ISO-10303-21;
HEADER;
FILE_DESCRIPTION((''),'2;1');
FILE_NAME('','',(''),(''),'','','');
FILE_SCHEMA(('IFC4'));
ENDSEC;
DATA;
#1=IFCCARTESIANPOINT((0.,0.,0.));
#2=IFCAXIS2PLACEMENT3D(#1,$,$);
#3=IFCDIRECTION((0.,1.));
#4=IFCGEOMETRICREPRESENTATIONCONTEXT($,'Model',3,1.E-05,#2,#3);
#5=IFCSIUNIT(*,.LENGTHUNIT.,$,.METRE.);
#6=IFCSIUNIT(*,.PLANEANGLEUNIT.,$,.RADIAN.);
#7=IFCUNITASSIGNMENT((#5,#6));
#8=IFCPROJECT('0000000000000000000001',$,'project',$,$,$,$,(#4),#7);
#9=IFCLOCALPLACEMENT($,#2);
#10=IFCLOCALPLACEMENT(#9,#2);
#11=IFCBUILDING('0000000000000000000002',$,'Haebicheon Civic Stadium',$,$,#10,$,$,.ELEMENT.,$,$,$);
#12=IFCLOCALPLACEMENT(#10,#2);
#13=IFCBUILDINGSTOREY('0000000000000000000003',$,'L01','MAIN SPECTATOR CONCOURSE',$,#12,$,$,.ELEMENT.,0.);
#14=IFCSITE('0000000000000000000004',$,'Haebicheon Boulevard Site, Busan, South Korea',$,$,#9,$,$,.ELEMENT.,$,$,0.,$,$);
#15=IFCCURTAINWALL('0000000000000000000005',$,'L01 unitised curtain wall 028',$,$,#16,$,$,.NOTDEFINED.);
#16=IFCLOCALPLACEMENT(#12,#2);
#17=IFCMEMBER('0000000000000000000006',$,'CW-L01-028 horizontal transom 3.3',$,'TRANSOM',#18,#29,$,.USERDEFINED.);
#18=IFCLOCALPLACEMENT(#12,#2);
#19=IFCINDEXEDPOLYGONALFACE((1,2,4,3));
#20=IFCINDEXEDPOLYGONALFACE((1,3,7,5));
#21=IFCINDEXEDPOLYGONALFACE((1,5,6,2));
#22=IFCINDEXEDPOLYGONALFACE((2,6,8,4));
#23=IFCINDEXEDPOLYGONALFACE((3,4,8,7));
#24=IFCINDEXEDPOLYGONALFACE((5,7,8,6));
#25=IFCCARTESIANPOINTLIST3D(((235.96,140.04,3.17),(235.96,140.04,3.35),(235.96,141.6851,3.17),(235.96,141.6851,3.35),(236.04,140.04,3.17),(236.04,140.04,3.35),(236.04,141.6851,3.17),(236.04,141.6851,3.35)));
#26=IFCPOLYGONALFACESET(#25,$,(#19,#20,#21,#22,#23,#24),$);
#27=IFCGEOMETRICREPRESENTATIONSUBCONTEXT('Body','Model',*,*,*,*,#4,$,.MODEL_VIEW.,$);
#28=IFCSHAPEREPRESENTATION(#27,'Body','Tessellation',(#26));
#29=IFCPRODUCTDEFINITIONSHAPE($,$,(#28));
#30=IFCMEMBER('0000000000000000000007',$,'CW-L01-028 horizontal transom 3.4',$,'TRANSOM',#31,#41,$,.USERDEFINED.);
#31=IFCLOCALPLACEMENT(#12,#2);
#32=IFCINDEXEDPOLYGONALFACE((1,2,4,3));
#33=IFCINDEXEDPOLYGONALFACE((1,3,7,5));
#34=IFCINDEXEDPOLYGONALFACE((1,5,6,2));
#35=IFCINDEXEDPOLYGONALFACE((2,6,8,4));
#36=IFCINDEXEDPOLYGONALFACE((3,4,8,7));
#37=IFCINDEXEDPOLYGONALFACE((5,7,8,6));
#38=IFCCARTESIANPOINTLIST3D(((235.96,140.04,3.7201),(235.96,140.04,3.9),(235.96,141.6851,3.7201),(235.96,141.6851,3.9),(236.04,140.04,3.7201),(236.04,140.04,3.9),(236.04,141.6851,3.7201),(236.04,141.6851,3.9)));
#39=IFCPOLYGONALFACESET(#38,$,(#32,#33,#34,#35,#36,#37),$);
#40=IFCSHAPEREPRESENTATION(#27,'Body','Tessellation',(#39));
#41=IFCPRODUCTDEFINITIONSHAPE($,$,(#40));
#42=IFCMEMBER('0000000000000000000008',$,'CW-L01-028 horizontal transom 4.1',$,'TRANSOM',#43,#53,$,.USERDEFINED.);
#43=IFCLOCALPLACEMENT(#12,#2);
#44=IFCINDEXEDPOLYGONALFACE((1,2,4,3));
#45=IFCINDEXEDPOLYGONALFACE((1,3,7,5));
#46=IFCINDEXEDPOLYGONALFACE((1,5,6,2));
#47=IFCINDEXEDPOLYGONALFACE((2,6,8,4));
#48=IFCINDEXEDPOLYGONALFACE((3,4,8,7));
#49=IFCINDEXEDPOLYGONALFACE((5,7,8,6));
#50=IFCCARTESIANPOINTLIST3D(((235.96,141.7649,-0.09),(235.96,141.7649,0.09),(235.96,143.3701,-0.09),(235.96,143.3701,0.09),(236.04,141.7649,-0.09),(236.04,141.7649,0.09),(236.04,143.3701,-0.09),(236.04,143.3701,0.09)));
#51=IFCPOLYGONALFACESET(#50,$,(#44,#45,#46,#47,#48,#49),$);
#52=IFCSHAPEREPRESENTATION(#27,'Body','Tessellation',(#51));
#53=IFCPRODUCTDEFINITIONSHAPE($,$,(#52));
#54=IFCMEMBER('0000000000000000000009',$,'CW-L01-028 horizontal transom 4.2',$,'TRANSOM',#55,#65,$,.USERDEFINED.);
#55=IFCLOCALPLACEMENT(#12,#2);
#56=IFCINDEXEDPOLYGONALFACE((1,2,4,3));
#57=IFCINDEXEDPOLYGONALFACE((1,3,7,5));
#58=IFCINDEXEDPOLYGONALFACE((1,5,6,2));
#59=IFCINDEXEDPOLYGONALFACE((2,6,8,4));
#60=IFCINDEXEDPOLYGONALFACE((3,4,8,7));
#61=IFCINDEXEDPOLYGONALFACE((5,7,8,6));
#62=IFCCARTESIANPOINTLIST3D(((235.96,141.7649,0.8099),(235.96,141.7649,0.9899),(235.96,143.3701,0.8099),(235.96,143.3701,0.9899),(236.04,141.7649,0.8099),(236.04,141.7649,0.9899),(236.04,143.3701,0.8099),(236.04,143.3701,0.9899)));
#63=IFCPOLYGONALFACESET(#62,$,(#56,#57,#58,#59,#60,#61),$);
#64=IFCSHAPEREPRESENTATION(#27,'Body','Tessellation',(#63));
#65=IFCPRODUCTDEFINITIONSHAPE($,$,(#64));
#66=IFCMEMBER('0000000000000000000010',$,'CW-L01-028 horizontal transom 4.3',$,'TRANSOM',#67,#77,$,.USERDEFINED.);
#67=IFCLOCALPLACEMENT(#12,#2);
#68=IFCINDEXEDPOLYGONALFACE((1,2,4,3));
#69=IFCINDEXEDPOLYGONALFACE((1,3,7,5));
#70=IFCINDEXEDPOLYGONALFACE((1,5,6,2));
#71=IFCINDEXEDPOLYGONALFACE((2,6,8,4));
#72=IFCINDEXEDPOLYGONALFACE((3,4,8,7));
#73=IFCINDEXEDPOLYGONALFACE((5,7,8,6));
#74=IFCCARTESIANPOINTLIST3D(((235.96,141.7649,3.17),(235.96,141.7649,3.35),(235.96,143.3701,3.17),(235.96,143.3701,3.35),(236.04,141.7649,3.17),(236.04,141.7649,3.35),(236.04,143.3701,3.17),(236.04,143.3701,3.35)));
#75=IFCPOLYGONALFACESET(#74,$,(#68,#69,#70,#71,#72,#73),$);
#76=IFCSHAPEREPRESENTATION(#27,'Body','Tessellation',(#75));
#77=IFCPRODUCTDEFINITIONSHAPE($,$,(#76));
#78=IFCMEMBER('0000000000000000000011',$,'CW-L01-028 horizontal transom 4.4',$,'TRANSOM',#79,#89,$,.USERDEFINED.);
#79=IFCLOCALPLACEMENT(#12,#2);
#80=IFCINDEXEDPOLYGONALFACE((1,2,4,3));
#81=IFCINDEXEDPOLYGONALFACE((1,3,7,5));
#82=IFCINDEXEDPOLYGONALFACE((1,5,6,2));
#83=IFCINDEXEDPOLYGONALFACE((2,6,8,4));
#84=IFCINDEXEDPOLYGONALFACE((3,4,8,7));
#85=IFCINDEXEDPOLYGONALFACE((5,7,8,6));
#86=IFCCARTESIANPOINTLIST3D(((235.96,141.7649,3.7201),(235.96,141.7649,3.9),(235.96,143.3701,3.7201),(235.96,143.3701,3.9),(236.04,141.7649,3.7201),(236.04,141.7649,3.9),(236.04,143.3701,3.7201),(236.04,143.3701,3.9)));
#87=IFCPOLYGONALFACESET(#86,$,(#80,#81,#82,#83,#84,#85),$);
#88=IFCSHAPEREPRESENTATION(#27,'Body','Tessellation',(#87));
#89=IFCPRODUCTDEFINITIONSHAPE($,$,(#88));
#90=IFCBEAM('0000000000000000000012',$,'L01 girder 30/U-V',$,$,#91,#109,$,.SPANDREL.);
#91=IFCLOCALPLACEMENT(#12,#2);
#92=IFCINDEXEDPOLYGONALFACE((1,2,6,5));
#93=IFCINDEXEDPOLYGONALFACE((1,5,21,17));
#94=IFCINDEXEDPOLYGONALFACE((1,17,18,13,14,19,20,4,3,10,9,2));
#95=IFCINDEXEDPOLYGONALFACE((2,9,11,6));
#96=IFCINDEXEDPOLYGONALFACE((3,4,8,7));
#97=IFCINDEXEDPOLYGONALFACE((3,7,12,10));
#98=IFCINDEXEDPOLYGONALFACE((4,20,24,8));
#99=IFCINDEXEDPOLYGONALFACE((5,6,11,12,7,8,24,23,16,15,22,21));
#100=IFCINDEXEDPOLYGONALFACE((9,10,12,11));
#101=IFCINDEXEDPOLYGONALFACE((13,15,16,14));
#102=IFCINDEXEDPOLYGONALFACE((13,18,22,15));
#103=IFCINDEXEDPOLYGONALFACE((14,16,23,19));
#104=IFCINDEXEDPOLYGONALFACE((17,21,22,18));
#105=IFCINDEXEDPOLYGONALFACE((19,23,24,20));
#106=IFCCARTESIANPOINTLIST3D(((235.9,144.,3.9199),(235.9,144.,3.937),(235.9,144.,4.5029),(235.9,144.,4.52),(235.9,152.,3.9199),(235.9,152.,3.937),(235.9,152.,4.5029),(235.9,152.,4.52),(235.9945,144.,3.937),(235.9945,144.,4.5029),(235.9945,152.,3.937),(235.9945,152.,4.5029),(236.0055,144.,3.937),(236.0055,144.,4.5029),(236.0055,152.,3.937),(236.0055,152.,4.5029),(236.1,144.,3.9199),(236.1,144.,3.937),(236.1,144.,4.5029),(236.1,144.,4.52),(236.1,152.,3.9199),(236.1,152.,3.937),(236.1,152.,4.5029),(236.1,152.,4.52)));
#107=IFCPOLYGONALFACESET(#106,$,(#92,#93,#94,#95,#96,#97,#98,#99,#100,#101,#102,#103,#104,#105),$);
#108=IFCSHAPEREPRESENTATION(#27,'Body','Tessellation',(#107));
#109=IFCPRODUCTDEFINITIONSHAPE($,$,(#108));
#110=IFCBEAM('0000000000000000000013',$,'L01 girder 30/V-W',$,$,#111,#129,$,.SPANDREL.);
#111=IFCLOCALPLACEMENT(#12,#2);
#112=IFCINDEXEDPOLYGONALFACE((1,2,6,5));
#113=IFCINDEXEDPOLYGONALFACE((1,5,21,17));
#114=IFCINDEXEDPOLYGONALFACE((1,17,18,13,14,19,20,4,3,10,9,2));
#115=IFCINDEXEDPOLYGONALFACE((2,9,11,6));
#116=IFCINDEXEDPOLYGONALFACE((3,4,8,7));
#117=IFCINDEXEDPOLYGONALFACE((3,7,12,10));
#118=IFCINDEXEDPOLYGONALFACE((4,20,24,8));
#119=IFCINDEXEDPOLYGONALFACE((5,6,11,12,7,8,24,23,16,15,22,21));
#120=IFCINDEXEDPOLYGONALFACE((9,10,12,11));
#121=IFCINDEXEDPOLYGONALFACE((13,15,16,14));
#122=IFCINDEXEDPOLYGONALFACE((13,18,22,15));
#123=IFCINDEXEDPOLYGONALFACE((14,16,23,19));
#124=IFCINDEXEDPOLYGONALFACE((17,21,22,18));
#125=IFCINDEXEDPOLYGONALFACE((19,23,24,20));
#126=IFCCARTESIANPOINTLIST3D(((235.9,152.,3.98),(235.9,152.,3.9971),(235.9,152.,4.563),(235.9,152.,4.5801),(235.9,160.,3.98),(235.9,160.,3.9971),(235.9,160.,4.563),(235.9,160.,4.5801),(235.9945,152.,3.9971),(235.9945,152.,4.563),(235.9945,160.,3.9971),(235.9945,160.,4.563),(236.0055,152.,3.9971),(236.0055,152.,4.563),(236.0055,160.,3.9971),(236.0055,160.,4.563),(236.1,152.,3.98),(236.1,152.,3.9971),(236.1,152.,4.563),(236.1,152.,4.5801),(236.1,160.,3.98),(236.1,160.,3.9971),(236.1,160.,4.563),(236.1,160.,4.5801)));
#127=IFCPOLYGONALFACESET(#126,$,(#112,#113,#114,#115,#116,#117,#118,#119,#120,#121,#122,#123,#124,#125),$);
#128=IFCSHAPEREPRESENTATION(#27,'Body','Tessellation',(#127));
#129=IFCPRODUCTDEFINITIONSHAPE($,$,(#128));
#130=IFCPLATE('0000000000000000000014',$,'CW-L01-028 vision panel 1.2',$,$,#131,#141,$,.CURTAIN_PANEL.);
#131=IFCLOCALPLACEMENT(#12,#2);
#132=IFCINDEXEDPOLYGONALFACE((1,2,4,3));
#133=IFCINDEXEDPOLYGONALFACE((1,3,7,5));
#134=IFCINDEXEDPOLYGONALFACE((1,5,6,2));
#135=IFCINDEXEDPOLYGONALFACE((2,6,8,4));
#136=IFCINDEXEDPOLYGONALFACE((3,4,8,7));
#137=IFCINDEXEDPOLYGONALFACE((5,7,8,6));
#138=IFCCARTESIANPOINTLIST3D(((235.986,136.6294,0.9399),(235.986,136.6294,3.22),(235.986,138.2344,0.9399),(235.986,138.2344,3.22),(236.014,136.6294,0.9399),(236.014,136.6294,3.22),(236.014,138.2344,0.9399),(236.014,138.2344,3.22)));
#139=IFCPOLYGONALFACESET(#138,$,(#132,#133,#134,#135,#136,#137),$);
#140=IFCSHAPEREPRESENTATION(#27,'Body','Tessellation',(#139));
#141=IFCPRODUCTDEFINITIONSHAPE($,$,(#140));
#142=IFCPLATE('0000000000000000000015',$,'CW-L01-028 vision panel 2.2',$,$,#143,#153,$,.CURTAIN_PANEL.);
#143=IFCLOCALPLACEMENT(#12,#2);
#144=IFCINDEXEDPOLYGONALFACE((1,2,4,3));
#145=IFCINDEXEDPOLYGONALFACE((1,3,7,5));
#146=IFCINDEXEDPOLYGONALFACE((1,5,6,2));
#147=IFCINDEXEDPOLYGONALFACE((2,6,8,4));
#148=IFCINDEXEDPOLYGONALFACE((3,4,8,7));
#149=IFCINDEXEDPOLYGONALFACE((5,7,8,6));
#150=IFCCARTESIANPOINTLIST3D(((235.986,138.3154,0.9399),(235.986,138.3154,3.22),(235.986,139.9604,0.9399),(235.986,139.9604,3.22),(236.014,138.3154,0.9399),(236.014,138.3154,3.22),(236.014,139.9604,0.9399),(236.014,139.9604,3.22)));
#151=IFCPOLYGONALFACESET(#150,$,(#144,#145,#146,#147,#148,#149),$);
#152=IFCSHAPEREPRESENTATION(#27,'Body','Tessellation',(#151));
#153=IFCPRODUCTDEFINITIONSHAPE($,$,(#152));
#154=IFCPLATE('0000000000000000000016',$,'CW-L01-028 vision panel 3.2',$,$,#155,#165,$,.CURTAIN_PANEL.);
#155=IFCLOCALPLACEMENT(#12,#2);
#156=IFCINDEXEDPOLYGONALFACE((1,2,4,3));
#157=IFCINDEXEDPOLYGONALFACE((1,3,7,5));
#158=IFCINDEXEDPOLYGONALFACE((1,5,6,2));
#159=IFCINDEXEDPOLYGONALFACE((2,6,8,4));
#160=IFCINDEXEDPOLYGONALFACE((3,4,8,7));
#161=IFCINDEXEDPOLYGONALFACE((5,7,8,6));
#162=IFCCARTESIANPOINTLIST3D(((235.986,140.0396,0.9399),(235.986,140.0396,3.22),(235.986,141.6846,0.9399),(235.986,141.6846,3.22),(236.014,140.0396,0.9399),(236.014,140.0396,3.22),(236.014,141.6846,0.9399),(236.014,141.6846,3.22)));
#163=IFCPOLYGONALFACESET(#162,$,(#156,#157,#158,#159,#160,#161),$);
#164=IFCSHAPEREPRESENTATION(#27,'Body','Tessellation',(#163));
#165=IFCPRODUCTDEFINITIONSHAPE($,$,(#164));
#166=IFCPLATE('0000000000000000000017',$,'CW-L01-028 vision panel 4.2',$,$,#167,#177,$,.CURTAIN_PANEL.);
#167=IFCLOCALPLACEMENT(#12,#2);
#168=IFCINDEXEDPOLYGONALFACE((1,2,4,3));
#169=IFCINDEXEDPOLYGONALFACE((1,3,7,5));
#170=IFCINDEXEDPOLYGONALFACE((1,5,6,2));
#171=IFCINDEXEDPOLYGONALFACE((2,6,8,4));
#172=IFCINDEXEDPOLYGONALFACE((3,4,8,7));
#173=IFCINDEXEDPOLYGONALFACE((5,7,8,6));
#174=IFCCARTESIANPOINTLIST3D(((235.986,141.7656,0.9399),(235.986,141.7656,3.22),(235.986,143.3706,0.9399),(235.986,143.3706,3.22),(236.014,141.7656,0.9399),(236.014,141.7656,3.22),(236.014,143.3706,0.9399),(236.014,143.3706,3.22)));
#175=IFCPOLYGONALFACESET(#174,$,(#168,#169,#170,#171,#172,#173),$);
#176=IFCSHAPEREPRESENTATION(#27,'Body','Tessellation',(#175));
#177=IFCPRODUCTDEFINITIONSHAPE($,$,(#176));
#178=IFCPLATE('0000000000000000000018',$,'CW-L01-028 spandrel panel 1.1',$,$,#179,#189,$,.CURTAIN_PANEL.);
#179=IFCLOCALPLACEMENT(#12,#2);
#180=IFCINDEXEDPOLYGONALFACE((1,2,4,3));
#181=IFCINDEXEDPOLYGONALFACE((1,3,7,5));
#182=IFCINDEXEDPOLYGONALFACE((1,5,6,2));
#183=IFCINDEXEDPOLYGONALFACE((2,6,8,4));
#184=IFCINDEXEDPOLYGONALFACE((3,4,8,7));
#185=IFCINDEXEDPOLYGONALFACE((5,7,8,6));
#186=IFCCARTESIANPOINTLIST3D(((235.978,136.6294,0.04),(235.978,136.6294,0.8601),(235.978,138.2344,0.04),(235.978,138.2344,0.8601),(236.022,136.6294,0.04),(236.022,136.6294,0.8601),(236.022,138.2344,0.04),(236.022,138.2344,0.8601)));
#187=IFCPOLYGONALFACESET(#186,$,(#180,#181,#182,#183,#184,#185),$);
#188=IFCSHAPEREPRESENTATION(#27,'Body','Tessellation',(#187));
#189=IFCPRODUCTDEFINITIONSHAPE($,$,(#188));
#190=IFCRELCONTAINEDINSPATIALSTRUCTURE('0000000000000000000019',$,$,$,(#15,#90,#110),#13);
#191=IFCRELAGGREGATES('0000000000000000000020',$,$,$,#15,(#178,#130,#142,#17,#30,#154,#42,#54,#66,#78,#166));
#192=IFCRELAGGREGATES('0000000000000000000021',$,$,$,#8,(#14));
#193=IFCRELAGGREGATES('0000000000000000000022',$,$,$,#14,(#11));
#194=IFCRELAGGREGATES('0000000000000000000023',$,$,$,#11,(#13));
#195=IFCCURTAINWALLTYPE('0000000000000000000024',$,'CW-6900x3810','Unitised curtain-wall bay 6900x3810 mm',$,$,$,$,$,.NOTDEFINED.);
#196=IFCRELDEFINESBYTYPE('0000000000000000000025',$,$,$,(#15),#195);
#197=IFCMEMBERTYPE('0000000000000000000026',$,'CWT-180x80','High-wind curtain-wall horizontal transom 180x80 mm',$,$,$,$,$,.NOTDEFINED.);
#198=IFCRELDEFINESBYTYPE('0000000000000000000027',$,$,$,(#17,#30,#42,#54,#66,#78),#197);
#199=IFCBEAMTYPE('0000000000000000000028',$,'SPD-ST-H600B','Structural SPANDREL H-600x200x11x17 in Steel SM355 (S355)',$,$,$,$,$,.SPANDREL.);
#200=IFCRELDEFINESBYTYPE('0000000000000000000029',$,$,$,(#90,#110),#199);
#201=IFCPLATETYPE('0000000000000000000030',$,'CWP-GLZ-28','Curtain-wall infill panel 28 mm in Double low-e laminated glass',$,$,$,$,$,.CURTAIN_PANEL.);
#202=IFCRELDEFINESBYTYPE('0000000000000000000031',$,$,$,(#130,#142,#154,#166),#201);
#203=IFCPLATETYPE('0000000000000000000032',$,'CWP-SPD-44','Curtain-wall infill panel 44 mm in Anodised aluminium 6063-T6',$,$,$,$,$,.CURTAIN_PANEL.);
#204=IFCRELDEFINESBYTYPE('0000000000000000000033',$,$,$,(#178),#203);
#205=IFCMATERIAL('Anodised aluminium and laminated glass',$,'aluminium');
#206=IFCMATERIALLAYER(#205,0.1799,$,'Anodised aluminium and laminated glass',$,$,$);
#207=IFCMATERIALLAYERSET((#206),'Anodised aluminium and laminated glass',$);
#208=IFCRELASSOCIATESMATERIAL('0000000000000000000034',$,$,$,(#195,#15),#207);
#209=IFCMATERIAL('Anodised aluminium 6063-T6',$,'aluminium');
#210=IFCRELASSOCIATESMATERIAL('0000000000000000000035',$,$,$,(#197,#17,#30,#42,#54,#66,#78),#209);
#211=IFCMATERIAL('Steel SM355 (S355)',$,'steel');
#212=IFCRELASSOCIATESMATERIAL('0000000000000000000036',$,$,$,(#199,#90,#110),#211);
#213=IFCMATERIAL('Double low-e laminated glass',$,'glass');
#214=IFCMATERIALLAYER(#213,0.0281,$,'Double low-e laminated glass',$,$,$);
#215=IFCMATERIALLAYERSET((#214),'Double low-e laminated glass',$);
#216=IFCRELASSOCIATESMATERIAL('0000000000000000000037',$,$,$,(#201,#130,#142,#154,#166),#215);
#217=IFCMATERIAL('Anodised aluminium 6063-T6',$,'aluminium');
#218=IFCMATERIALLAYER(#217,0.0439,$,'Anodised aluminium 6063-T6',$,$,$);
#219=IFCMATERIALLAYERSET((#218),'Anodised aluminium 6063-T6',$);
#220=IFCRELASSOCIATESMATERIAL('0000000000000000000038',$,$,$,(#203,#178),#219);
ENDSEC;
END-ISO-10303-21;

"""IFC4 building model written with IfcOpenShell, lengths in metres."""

from ifc_helpers import new_model, si_unit, direction, frame, origin, origin_2d, place, context, subcontext, project, spatial, rectangle, i_section, extrude, material, layer, layer_set, material_profile, profile_set, type_object, element, aggregate, save


model = new_model("IFC4")

# Units and contexts
model_context = context("Model", 3, precision=1e-05, world=origin(), true_north=direction((0.0, 1.0)))
body_context = subcontext(model_context, "Body", "Model", "MODEL_VIEW")
ifc_project = project(units=[si_unit("LENGTHUNIT", "METRE"), si_unit("PLANEANGLEUNIT", "RADIAN")], contexts=[model_context])

# Site, building, storey
site_placement = place(None, origin())
site = spatial("IfcSite", under=ifc_project, at=site_placement, Name="Haebicheon Boulevard Site, Busan, South Korea", CompositionType="ELEMENT", RefElevation=0.0)
building_placement = place(site_placement, origin())
building = spatial("IfcBuilding", under=site, at=building_placement, Name="Haebicheon Civic Stadium", CompositionType="ELEMENT")
storey_placement = place(building_placement, origin())
storey = spatial("IfcBuildingStorey", under=building, at=storey_placement, Name="L01", Description="MAIN SPECTATOR CONCOURSE", CompositionType="ELEMENT", Elevation=0.0)

# Curtain wall, members
ifc_material_1 = material(Name="Anodised aluminium and laminated glass", Category="aluminium")
ifc_layer_1 = layer(ifc_material_1, 0.1799, Name="Anodised aluminium and laminated glass")
ifc_layer_set_1 = layer_set([ifc_layer_1], Name="Anodised aluminium and laminated glass")
curtain_wall_type = type_object("IfcCurtainWallType", Name="CW-6900x3810", Description="Unitised curtain-wall bay 6900x3810 mm", PredefinedType="NOTDEFINED", material=ifc_layer_set_1)
curtain_wall_placement = place(storey_placement, origin())
curtain_wall = element("IfcCurtainWall", 1, at=curtain_wall_placement, inside=storey, type_object=curtain_wall_type, material=ifc_layer_set_1, Name="L01 unitised curtain wall 028", PredefinedType="NOTDEFINED")
ifc_material_2 = material(Name="Anodised aluminium 6063-T6", Category="aluminium")
ifc_material_profile_1 = material_profile(ifc_material_2, rectangle(XDim=0.0801, YDim=0.1799, at=origin_2d()), Name="ALU-TRAN-80x180")
ifc_profile_set_1 = profile_set([ifc_material_profile_1], Name="Anodised aluminium 6063-T6")
member_type_1 = type_object("IfcMemberType", Name="CWT-180x80", Description="High-wind curtain-wall horizontal transom 180x80 mm", PredefinedType="NOTDEFINED", material=ifc_profile_set_1)
member_1_placement = place(storey_placement, frame((236.0, 140.04, 3.26), z_axis=(0.0, 1.0, 0.0), x_axis=(-1.0, 0.0, 0.0)))
member_1 = element("IfcMember", 2, at=member_1_placement, type_object=member_type_1, material=ifc_profile_set_1, Name="CW-L01-028 horizontal transom 3.3", ObjectType="TRANSOM", PredefinedType="USERDEFINED", context=body_context, shape_type="SweptSolid", body=[
    extrude(rectangle(XDim=0.0801, YDim=0.1799, at=origin_2d()), origin(), (0.0, 0.0, 1.0), 1.645),
])
member_2_placement = place(storey_placement, frame((236.0, 140.04, 3.8101), z_axis=(0.0, 1.0, 0.0), x_axis=(-1.0, 0.0, 0.0)))
member_2 = element("IfcMember", 3, at=member_2_placement, type_object=member_type_1, material=ifc_profile_set_1, Name="CW-L01-028 horizontal transom 3.4", ObjectType="TRANSOM", PredefinedType="USERDEFINED", context=body_context, shape_type="SweptSolid", body=[
    extrude(rectangle(XDim=0.0801, YDim=0.1799, at=origin_2d()), origin(), (0.0, 0.0, 1.0), 1.645),
])
member_3_placement = place(storey_placement, frame((236.0, 141.7649, 0.0), z_axis=(0.0, 1.0, 0.0), x_axis=(-1.0, 0.0, 0.0)))
member_3 = element("IfcMember", 4, at=member_3_placement, type_object=member_type_1, material=ifc_profile_set_1, Name="CW-L01-028 horizontal transom 4.1", ObjectType="TRANSOM", PredefinedType="USERDEFINED", context=body_context, shape_type="SweptSolid", body=[
    extrude(rectangle(XDim=0.0801, YDim=0.1799, at=origin_2d()), origin(), (0.0, 0.0, 1.0), 1.6052),
])
member_4_placement = place(storey_placement, frame((236.0, 141.7649, 0.8999), z_axis=(0.0, 1.0, 0.0), x_axis=(-1.0, 0.0, 0.0)))
member_4 = element("IfcMember", 5, at=member_4_placement, type_object=member_type_1, material=ifc_profile_set_1, Name="CW-L01-028 horizontal transom 4.2", ObjectType="TRANSOM", PredefinedType="USERDEFINED", context=body_context, shape_type="SweptSolid", body=[
    extrude(rectangle(XDim=0.0801, YDim=0.1799, at=origin_2d()), origin(), (0.0, 0.0, 1.0), 1.6052),
])
member_5_placement = place(storey_placement, frame((236.0, 141.7649, 3.26), z_axis=(0.0, 1.0, 0.0), x_axis=(-1.0, 0.0, 0.0)))
member_5 = element("IfcMember", 6, at=member_5_placement, type_object=member_type_1, material=ifc_profile_set_1, Name="CW-L01-028 horizontal transom 4.3", ObjectType="TRANSOM", PredefinedType="USERDEFINED", context=body_context, shape_type="SweptSolid", body=[
    extrude(rectangle(XDim=0.0801, YDim=0.1799, at=origin_2d()), origin(), (0.0, 0.0, 1.0), 1.6052),
])
member_6_placement = place(storey_placement, frame((236.0, 141.7649, 3.8101), z_axis=(0.0, 1.0, 0.0), x_axis=(-1.0, 0.0, 0.0)))
member_6 = element("IfcMember", 7, at=member_6_placement, type_object=member_type_1, material=ifc_profile_set_1, Name="CW-L01-028 horizontal transom 4.4", ObjectType="TRANSOM", PredefinedType="USERDEFINED", context=body_context, shape_type="SweptSolid", body=[
    extrude(rectangle(XDim=0.0801, YDim=0.1799, at=origin_2d()), origin(), (0.0, 0.0, 1.0), 1.6052),
])

# Beams
ifc_material_3 = material(Name="Steel SM355 (S355)", Category="steel")
ifc_material_profile_2 = material_profile(ifc_material_3, i_section(OverallWidth=0.2, OverallDepth=0.6001, WebThickness=0.011, FlangeThickness=0.0171, at=origin_2d()), Name="H-600x200x11x17")
ifc_profile_set_2 = profile_set([ifc_material_profile_2], Name="Steel SM355 (S355)")
beam_type = type_object("IfcBeamType", Name="SPD-ST-H600B", Description="Structural SPANDREL H-600x200x11x17 in Steel SM355 (S355)", PredefinedType="SPANDREL", material=ifc_profile_set_2)
for number, where, z_axis, x_axis, name in (
    (8, (236.0, 144.0, 4.22), (0.0, 1.0, 0.0), (-1.0, 0.0, 0.0), "L01 girder 30/U-V"),
    (9, (236.0, 152.0, 4.28), (0.0, 1.0, 0.0), (-1.0, 0.0, 0.0), "L01 girder 30/V-W"),
):
    element("IfcBeam", number, at=place(storey_placement, frame(where, z_axis=z_axis, x_axis=x_axis)), inside=storey, type_object=beam_type, material=ifc_profile_set_2, Name=name, PredefinedType="SPANDREL", context=body_context, shape_type="SweptSolid", body=[
        extrude(i_section(OverallWidth=0.2, OverallDepth=0.6001, WebThickness=0.011, FlangeThickness=0.0171, at=origin_2d()), origin(), (0.0, 0.0, 1.0), 8.0),
    ])

# Plates
ifc_material_4 = material(Name="Double low-e laminated glass", Category="glass")
ifc_layer_2 = layer(ifc_material_4, 0.0281, Name="Double low-e laminated glass")
ifc_layer_set_2 = layer_set([ifc_layer_2], Name="Double low-e laminated glass")
plate_type_1 = type_object("IfcPlateType", Name="CWP-GLZ-28", Description="Curtain-wall infill panel 28 mm in Double low-e laminated glass", PredefinedType="CURTAIN_PANEL", material=ifc_layer_set_2)
plate_1_placement = place(storey_placement, frame((236.0, 137.4319, 0.9399), z_axis=(0.0, 0.0, 1.0), x_axis=(0.0, 1.0, 0.0)))
plate_1 = element("IfcPlate", 10, at=plate_1_placement, type_object=plate_type_1, material=ifc_layer_set_2, Name="CW-L01-028 vision panel 1.2", PredefinedType="CURTAIN_PANEL", context=body_context, shape_type="SweptSolid", body=[
    extrude(rectangle(XDim=1.605, YDim=0.0281, at=origin_2d()), origin(), (0.0, 0.0, 1.0), 2.28),
])
plate_2_placement = place(storey_placement, frame((236.0, 139.1379, 0.9399), z_axis=(0.0, 0.0, 1.0), x_axis=(0.0, 1.0, 0.0)))
plate_2 = element("IfcPlate", 11, at=plate_2_placement, type_object=plate_type_1, material=ifc_layer_set_2, Name="CW-L01-028 vision panel 2.2", PredefinedType="CURTAIN_PANEL", context=body_context, shape_type="SweptSolid", body=[
    extrude(rectangle(XDim=1.645, YDim=0.0281, at=origin_2d()), origin(), (0.0, 0.0, 1.0), 2.28),
])
plate_3_placement = place(storey_placement, frame((236.0, 140.8621, 0.9399), z_axis=(0.0, 0.0, 1.0), x_axis=(0.0, 1.0, 0.0)))
plate_3 = element("IfcPlate", 12, at=plate_3_placement, type_object=plate_type_1, material=ifc_layer_set_2, Name="CW-L01-028 vision panel 3.2", PredefinedType="CURTAIN_PANEL", context=body_context, shape_type="SweptSolid", body=[
    extrude(rectangle(XDim=1.645, YDim=0.0281, at=origin_2d()), origin(), (0.0, 0.0, 1.0), 2.28),
])
plate_4_placement = place(storey_placement, frame((236.0, 142.5681, 0.9399), z_axis=(0.0, 0.0, 1.0), x_axis=(0.0, 1.0, 0.0)))
plate_4 = element("IfcPlate", 13, at=plate_4_placement, type_object=plate_type_1, material=ifc_layer_set_2, Name="CW-L01-028 vision panel 4.2", PredefinedType="CURTAIN_PANEL", context=body_context, shape_type="SweptSolid", body=[
    extrude(rectangle(XDim=1.605, YDim=0.0281, at=origin_2d()), origin(), (0.0, 0.0, 1.0), 2.28),
])
ifc_material_5 = material(Name="Anodised aluminium 6063-T6", Category="aluminium")
ifc_layer_3 = layer(ifc_material_5, 0.0439, Name="Anodised aluminium 6063-T6")
ifc_layer_set_3 = layer_set([ifc_layer_3], Name="Anodised aluminium 6063-T6")
plate_type_2 = type_object("IfcPlateType", Name="CWP-SPD-44", Description="Curtain-wall infill panel 44 mm in Anodised aluminium 6063-T6", PredefinedType="CURTAIN_PANEL", material=ifc_layer_set_3)
plate_5_placement = place(storey_placement, frame((236.0, 137.4319, 0.04), z_axis=(0.0, 0.0, 1.0), x_axis=(0.0, 1.0, 0.0)))
plate_5 = element("IfcPlate", 14, at=plate_5_placement, type_object=plate_type_2, material=ifc_layer_set_3, Name="CW-L01-028 spandrel panel 1.1", PredefinedType="CURTAIN_PANEL", context=body_context, shape_type="SweptSolid", body=[
    extrude(rectangle(XDim=1.605, YDim=0.0439, at=origin_2d()), origin(), (0.0, 0.0, 1.0), 0.8201),
])
aggregate(curtain_wall, [plate_5, plate_1, plate_2, member_1, member_2, plate_3, member_3, member_4, member_5, member_6, plate_4])

save(model, "model.ifc")
